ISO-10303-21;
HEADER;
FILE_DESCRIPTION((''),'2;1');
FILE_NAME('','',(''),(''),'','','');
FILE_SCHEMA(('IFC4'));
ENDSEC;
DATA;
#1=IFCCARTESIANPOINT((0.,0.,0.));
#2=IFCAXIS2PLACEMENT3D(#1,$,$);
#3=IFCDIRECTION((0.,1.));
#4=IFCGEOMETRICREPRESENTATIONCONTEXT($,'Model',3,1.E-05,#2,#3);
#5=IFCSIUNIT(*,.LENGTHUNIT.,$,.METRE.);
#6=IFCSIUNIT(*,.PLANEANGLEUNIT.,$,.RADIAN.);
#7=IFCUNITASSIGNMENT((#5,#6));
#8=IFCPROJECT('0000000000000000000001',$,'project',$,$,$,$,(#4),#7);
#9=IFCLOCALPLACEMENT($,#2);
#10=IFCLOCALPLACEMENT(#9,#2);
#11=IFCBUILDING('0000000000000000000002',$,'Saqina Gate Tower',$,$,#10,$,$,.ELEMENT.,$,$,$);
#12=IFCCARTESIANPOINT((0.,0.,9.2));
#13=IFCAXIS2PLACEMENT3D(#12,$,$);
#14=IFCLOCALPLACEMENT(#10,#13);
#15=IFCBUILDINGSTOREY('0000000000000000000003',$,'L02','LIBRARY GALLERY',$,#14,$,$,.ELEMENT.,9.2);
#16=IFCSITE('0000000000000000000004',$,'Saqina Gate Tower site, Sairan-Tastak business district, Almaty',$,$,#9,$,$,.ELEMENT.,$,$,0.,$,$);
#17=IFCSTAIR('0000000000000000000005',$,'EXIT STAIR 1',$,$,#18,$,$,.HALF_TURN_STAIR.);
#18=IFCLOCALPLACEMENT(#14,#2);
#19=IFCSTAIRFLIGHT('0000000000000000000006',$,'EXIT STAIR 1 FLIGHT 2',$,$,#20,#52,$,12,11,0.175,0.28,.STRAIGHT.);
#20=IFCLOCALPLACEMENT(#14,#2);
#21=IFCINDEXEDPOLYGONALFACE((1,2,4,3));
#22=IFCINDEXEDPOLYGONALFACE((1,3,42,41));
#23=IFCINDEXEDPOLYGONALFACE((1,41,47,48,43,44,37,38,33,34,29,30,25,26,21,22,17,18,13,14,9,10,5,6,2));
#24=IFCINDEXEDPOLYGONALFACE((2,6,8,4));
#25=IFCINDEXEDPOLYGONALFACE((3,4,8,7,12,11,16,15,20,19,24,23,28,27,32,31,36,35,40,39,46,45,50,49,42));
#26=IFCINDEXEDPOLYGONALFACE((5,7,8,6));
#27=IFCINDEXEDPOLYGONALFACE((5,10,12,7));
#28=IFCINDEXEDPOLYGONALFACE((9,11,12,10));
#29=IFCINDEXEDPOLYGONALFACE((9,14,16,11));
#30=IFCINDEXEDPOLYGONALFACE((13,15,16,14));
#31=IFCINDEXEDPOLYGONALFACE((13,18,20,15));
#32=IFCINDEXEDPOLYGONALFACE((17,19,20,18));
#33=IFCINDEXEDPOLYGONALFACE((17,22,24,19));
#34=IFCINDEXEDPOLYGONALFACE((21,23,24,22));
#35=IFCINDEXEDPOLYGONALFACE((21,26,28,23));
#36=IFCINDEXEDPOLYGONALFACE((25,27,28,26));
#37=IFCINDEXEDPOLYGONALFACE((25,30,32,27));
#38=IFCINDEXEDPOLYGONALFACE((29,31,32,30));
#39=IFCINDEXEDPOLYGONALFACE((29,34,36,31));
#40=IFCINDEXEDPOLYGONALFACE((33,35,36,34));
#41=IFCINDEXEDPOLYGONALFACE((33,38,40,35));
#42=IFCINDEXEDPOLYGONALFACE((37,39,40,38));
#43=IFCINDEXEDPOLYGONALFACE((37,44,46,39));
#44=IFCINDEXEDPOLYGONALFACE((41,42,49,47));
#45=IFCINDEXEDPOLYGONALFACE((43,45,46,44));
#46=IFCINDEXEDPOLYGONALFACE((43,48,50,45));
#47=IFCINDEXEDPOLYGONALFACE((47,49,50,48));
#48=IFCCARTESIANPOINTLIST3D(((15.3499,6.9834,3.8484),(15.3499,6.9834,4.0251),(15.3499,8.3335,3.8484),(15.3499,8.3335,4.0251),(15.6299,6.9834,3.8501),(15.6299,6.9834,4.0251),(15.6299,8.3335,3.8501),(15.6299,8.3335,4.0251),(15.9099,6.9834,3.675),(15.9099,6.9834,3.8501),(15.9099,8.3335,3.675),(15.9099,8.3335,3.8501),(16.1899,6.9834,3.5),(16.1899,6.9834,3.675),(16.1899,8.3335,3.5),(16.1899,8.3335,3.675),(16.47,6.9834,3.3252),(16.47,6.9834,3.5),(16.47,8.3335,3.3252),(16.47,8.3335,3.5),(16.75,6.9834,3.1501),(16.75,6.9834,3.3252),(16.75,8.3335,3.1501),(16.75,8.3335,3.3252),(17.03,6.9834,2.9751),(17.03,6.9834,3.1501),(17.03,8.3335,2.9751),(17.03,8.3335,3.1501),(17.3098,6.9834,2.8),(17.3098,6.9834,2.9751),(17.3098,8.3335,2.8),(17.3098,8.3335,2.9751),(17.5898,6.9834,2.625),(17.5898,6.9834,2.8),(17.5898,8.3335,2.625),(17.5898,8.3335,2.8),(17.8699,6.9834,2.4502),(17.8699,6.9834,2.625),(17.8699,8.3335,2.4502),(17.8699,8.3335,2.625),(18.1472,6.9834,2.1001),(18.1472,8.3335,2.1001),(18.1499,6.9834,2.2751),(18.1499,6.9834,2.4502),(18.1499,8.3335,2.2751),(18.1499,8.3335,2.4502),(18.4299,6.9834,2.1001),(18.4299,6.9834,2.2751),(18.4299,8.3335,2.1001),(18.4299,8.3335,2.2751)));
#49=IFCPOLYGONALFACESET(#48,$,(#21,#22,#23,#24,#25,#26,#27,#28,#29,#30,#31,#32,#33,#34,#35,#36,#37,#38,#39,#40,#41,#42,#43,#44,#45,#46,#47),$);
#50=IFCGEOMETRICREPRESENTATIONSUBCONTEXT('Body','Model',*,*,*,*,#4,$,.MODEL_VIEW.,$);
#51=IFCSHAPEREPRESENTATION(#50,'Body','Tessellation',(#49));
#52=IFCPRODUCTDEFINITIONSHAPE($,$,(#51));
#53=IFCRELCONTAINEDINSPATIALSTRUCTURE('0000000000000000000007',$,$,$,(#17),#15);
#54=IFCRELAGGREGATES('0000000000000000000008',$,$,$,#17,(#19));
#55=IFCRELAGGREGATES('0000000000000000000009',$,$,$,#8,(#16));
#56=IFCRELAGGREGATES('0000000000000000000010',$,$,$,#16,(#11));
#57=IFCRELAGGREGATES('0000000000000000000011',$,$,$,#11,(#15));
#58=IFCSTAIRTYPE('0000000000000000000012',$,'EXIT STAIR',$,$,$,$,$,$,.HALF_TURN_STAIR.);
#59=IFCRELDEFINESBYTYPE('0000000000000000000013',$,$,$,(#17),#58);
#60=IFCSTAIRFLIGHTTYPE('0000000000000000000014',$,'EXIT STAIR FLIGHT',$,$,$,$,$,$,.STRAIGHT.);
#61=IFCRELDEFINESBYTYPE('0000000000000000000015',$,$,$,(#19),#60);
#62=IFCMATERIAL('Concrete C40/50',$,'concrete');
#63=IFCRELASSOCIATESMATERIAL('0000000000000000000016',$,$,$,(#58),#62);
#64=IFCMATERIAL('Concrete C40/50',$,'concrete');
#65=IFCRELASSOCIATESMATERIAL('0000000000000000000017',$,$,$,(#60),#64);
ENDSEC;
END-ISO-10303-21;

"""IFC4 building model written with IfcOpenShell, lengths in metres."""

from ifc_helpers import new_model, si_unit, direction, frame, origin, place, context, subcontext, project, spatial, polyline, outline, extrude, material, type_object, element, aggregate, save


model = new_model("IFC4")

# Units and contexts
model_context = context("Model", 3, precision=1e-05, world=origin(), true_north=direction((0.0, 1.0)))
body_context = subcontext(model_context, "Body", "Model", "MODEL_VIEW")
ifc_project = project(units=[si_unit("LENGTHUNIT", "METRE"), si_unit("PLANEANGLEUNIT", "RADIAN")], contexts=[model_context])

# Site, building, storey
site_placement = place(None, origin())
site = spatial("IfcSite", under=ifc_project, at=site_placement, Name="Saqina Gate Tower site, Sairan-Tastak business district, Almaty", CompositionType="ELEMENT", RefElevation=0.0)
building_placement = place(site_placement, origin())
building = spatial("IfcBuilding", under=site, at=building_placement, Name="Saqina Gate Tower", CompositionType="ELEMENT")
storey_placement = place(building_placement, frame((0.0, 0.0, 9.2)))
storey = spatial("IfcBuildingStorey", under=building, at=storey_placement, Name="L02", Description="LIBRARY GALLERY", CompositionType="ELEMENT", Elevation=9.2)

# Shared definitions
ifc_material_1 = material(Name="Concrete C40/50", Category="concrete")
stair_type = type_object("IfcStairType", Name="EXIT STAIR", PredefinedType="HALF_TURN_STAIR", material=ifc_material_1)

# Stair, stair flight
stair_1_placement = place(storey_placement, origin())
stair_1 = element("IfcStair", 1, at=stair_1_placement, inside=storey, type_object=stair_type, Name="EXIT STAIR 1", PredefinedType="HALF_TURN_STAIR")
ifc_material_2 = material(Name="Concrete C40/50", Category="concrete")
stair_flight_type = type_object("IfcStairFlightType", Name="EXIT STAIR FLIGHT", PredefinedType="STRAIGHT", material=ifc_material_2)
stair_flight_1_placement = place(storey_placement, frame((18.4299, 7.6584, 2.1001), z_axis=(0.0, 0.0, 1.0), x_axis=(-1.0, 0.0, 0.0)))
stair_flight_1 = element("IfcStairFlight", 2, at=stair_flight_1_placement, type_object=stair_flight_type, Name="EXIT STAIR 1 FLIGHT 2", NumberOfRisers=12, NumberOfTreads=11, PredefinedType="STRAIGHT", RiserHeight=0.175, TreadLength=0.28, context=body_context, shape_type="SweptSolid", body=[
    extrude(outline(polyline([(0.0, 0.0), (0.0, 0.175), (0.28, 0.175), (0.28, 0.3501), (0.5601, 0.3501), (0.5601, 0.5249), (0.8401, 0.5249), (0.8401, 0.7), (1.1201, 0.7), (1.1201, 0.875), (1.3999, 0.875), (1.3999, 1.05), (1.6799, 1.05), (1.6799, 1.2251), (1.96, 1.2251), (1.96, 1.3999), (2.24, 1.3999), (2.24, 1.575), (2.52, 1.575), (2.52, 1.75), (2.8, 1.75), (2.8, 1.925), (3.0801, 1.925), (3.0801, 2.1001), (3.0801, 1.7483), (0.2827, 0.0), (0.0, 0.0)])), frame((0.0, 0.675, 0.0), z_axis=(0.0, -1.0, 0.0), x_axis=(1.0, 0.0, 0.0)), (0.0, 0.0, 1.0), 1.3501),
])
aggregate(stair_1, [stair_flight_1])

save(model, "model.ifc")
